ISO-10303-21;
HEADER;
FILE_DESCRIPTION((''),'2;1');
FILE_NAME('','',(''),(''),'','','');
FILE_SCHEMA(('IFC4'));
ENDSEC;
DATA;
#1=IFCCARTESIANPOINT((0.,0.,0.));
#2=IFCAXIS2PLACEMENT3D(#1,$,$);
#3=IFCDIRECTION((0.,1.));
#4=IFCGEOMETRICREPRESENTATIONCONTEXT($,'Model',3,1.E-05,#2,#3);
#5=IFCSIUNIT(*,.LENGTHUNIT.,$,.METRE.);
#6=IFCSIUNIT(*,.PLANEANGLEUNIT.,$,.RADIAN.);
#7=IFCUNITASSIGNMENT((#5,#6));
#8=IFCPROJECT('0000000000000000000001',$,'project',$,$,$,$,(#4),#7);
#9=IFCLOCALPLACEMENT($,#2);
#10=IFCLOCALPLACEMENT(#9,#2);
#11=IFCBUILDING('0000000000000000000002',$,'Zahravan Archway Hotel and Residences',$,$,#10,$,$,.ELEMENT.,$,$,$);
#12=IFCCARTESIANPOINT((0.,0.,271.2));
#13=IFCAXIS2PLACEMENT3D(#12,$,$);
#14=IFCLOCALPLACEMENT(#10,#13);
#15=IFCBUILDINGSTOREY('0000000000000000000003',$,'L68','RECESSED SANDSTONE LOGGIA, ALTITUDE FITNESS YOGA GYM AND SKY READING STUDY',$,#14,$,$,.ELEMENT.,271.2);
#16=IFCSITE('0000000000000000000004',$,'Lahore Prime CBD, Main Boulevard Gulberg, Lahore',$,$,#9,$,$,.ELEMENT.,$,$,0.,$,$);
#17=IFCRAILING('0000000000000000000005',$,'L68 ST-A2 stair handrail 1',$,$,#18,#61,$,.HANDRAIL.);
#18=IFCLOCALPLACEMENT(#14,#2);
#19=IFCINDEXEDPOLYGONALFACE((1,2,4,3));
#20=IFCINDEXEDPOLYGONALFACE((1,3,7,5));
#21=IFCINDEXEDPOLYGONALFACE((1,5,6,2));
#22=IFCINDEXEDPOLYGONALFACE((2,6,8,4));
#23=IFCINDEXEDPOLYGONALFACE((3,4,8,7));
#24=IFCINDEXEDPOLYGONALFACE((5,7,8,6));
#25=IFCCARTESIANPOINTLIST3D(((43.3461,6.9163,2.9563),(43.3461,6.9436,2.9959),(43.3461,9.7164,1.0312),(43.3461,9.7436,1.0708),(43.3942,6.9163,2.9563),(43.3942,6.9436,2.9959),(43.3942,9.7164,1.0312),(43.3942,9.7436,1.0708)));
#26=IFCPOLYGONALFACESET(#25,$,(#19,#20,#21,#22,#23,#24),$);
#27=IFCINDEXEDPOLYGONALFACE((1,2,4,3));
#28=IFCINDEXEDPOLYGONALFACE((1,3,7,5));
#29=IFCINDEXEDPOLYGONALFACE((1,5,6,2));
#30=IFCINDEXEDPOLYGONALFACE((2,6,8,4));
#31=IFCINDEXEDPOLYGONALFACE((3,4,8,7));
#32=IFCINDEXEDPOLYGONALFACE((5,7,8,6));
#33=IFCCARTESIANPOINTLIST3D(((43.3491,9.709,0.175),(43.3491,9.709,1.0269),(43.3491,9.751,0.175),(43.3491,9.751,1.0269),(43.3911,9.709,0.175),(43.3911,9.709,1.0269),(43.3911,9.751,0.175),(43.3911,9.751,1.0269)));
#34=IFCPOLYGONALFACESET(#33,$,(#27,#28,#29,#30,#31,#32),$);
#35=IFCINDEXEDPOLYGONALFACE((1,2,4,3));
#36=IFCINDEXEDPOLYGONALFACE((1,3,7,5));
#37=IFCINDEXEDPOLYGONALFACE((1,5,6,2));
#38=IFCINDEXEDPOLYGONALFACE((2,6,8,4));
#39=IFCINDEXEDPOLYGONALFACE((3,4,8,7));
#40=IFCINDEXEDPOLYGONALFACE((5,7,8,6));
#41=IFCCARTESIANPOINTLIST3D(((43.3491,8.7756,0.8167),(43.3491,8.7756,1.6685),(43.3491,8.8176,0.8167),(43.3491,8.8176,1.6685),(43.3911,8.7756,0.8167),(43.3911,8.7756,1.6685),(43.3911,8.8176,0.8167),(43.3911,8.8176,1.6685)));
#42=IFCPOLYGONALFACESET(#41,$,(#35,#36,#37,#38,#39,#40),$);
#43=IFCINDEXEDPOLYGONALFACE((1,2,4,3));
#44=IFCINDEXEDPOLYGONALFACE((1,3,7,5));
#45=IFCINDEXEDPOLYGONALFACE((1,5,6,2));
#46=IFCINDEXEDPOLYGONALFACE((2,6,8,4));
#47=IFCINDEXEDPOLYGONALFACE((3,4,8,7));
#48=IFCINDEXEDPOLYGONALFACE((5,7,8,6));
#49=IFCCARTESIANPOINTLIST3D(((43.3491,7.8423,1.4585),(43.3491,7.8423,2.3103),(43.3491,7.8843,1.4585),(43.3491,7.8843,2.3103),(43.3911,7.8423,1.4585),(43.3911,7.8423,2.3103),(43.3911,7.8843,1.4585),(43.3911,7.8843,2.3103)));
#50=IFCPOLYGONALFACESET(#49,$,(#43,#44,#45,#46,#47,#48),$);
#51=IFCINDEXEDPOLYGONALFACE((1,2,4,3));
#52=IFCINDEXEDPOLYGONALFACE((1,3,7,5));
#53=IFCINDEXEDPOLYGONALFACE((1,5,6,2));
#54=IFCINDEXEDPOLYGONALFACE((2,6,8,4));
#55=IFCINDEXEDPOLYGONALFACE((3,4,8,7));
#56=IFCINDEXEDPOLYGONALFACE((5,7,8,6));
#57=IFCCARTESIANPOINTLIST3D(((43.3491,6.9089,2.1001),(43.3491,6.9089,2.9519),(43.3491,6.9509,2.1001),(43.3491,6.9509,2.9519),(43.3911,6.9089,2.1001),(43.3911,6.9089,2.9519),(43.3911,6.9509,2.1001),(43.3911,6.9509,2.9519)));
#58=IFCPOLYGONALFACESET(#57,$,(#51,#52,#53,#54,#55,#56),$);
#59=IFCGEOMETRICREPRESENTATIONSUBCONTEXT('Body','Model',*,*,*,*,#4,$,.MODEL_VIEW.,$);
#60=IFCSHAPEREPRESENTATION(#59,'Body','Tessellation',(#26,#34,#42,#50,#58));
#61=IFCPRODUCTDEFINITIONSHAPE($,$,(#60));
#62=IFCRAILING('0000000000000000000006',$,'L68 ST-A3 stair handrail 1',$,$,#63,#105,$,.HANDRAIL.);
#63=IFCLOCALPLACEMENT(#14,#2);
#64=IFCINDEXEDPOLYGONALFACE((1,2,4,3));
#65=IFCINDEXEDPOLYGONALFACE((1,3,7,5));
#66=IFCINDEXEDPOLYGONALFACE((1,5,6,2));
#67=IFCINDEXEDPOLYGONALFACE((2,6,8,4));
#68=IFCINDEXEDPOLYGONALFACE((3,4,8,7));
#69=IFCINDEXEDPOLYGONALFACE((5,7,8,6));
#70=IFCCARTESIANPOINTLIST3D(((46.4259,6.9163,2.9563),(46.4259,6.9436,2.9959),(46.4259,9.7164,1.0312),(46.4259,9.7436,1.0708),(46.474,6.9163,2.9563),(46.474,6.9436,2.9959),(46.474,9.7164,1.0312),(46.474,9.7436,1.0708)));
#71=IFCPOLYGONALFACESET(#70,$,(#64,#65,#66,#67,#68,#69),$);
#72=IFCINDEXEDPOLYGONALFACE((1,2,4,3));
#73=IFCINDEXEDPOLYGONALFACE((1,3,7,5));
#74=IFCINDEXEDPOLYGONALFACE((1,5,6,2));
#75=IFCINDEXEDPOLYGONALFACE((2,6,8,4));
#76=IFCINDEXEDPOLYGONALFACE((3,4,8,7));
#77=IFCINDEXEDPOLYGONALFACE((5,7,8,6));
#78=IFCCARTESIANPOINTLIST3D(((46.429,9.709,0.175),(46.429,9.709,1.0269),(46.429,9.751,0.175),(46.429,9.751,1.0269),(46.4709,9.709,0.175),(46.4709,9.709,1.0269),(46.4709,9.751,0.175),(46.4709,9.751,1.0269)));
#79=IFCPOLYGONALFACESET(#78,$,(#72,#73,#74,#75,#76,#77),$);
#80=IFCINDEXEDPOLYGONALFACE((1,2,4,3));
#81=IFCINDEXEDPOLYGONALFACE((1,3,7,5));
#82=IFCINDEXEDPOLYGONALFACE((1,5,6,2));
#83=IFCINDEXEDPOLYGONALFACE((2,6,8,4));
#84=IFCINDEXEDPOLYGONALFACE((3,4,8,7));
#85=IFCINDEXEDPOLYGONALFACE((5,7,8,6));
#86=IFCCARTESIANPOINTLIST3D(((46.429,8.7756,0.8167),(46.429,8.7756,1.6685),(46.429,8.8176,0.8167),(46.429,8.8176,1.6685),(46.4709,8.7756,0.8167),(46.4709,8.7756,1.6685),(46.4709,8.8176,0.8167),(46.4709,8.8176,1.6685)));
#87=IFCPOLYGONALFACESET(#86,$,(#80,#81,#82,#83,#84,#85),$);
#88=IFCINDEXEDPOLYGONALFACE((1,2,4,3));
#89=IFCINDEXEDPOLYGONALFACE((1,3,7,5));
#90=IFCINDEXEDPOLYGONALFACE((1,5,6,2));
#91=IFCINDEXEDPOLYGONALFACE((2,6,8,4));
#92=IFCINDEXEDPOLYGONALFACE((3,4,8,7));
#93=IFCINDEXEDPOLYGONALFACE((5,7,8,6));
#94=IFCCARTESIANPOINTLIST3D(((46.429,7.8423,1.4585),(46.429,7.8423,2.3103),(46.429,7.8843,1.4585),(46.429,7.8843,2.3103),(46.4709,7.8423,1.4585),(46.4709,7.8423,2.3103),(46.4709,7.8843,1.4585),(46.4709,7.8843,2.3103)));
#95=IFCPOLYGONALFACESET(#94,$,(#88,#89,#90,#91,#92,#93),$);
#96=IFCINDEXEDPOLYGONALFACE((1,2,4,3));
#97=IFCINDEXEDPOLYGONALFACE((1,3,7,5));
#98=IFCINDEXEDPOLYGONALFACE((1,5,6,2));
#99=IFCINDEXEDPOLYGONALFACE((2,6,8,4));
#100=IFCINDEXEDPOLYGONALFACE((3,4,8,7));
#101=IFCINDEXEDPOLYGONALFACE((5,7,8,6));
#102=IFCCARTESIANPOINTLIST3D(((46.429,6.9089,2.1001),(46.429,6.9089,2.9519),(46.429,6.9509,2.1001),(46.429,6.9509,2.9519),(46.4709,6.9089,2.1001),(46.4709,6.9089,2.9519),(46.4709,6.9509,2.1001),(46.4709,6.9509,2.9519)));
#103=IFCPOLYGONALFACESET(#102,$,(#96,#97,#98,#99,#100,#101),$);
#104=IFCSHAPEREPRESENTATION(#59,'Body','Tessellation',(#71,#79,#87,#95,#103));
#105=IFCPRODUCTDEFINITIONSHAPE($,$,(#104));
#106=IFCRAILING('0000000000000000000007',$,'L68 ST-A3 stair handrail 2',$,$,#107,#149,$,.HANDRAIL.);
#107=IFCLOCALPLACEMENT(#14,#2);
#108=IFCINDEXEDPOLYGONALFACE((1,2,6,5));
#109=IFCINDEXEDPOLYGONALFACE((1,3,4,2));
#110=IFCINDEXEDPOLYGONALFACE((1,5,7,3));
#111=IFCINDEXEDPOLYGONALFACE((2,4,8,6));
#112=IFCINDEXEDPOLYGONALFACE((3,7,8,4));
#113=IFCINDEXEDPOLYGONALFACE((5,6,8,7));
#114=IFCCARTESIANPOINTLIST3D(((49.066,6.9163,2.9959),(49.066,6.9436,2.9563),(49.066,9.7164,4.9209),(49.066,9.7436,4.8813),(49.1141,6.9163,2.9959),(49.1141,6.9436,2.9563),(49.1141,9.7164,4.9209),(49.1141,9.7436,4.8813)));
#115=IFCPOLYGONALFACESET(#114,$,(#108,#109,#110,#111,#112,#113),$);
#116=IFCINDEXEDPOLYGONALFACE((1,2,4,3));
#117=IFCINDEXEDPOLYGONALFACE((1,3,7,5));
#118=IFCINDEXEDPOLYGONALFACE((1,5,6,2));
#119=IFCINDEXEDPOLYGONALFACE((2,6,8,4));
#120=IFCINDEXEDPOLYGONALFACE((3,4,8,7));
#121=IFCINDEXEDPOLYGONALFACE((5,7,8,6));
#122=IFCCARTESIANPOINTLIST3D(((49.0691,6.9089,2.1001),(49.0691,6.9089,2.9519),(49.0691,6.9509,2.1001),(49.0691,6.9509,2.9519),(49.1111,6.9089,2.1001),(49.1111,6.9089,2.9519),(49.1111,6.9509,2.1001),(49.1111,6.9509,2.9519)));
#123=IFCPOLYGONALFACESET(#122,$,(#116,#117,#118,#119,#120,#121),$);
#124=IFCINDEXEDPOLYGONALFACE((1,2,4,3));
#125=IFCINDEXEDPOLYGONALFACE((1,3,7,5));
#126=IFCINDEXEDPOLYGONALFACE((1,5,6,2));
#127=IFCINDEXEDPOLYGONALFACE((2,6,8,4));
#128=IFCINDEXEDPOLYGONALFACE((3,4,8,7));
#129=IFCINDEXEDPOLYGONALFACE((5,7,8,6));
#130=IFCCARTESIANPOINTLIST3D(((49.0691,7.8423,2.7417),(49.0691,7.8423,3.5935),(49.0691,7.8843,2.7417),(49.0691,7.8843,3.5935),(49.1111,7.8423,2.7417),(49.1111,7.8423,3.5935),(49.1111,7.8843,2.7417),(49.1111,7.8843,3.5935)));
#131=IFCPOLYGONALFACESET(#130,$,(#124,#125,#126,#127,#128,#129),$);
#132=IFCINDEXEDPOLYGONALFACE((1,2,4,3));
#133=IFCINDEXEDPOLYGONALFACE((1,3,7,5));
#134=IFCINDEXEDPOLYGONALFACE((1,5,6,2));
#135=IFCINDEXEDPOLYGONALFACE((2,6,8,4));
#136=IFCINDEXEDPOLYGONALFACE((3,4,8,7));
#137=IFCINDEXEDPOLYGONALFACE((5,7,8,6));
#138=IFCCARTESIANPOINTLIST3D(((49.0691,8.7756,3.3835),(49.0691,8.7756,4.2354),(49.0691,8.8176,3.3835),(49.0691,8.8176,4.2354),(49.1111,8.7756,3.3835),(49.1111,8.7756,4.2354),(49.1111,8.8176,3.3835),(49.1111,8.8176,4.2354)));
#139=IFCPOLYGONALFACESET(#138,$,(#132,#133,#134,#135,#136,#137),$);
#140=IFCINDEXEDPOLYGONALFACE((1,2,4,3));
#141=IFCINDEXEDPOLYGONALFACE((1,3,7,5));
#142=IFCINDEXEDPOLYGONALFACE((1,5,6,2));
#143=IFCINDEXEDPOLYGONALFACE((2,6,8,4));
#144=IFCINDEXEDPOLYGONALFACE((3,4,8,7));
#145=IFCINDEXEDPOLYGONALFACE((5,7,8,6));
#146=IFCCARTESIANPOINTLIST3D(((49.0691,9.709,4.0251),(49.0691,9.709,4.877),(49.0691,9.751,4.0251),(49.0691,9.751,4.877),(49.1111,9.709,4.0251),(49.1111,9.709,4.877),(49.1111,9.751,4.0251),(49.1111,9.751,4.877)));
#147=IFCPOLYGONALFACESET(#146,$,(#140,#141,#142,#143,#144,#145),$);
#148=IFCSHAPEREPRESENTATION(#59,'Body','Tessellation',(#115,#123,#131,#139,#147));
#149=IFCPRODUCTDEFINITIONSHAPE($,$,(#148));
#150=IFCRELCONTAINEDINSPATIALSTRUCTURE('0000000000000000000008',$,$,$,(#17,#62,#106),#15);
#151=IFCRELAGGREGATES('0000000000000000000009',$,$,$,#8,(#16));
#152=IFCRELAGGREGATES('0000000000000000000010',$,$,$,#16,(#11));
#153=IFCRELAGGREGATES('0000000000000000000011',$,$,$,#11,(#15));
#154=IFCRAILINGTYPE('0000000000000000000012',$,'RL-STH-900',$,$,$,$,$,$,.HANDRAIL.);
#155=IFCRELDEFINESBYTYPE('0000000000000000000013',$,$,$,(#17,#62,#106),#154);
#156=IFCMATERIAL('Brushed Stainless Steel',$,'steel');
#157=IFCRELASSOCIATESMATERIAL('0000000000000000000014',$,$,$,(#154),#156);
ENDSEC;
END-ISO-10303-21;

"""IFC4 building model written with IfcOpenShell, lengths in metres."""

from ifc_helpers import new_model, si_unit, direction, frame, origin, origin_2d, place, context, subcontext, project, spatial, rectangle, extrude, material, type_object, element, save


model = new_model("IFC4")

# Units and contexts
model_context = context("Model", 3, precision=1e-05, world=origin(), true_north=direction((0.0, 1.0)))
body_context = subcontext(model_context, "Body", "Model", "MODEL_VIEW")
ifc_project = project(units=[si_unit("LENGTHUNIT", "METRE"), si_unit("PLANEANGLEUNIT", "RADIAN")], contexts=[model_context])

# Site, building, storey
site_placement = place(None, origin())
site = spatial("IfcSite", under=ifc_project, at=site_placement, Name="Lahore Prime CBD, Main Boulevard Gulberg, Lahore", CompositionType="ELEMENT", RefElevation=0.0)
building_placement = place(site_placement, origin())
building = spatial("IfcBuilding", under=site, at=building_placement, Name="Zahravan Archway Hotel and Residences", CompositionType="ELEMENT")
storey_placement = place(building_placement, frame((0.0, 0.0, 271.2)))
storey = spatial("IfcBuildingStorey", under=building, at=storey_placement, Name="L68", Description="RECESSED SANDSTONE LOGGIA, ALTITUDE FITNESS YOGA GYM AND SKY READING STUDY", CompositionType="ELEMENT", Elevation=271.2)

# Railings
ifc_material_1 = material(Name="Brushed Stainless Steel", Category="steel")
railing_type_1 = type_object("IfcRailingType", Name="RL-STH-900", PredefinedType="HANDRAIL", material=ifc_material_1)
for number, where, name in (
    (1, (43.3701, 9.73, 0.175), "L68 ST-A2 stair handrail 1"),
    (2, (46.45, 9.73, 0.175), "L68 ST-A3 stair handrail 1"),
):
    element("IfcRailing", number, at=place(storey_placement, frame(where)), inside=storey, type_object=railing_type_1, Name=name, PredefinedType="HANDRAIL", context=body_context, shape_type="SweptSolid", body=[
        extrude(rectangle(XDim=0.0481, YDim=0.0481, at=origin_2d()), frame((0.0, 0.0, 0.876), z_axis=(0.0, -0.82404, 0.566532), x_axis=(1.0, 0.0, 0.0)), (0.0, 0.0, 1.0), 3.3979),
        extrude(rectangle(XDim=0.042, YDim=0.042, at=origin_2d()), origin(), (0.0, 0.0, 1.0), 0.8518),
        extrude(rectangle(XDim=0.042, YDim=0.042, at=origin_2d()), frame((0.0, -0.9333, 0.6416)), (0.0, 0.0, 1.0), 0.8518),
        extrude(rectangle(XDim=0.042, YDim=0.042, at=origin_2d()), frame((0.0, -1.8667, 1.2834)), (0.0, 0.0, 1.0), 0.8518),
        extrude(rectangle(XDim=0.042, YDim=0.042, at=origin_2d()), frame((0.0, -2.8, 1.925)), (0.0, 0.0, 1.0), 0.8518),
    ])
railing_1_placement = place(storey_placement, frame((49.0901, 6.9299, 2.1001)))
element("IfcRailing", 3, at=railing_1_placement, inside=storey, type_object=railing_type_1, Name="L68 ST-A3 stair handrail 2", PredefinedType="HANDRAIL", context=body_context, shape_type="SweptSolid", body=[
    extrude(rectangle(XDim=0.0481, YDim=0.0481, at=origin_2d()), frame((0.0, 0.0, 0.876), z_axis=(0.0, 0.82404, 0.566532), x_axis=(-1.0, 0.0, 0.0)), (0.0, 0.0, 1.0), 3.3979),
    extrude(rectangle(XDim=0.042, YDim=0.042, at=origin_2d()), origin(), (0.0, 0.0, 1.0), 0.8518),
    extrude(rectangle(XDim=0.042, YDim=0.042, at=origin_2d()), frame((0.0, 0.9333, 0.6416)), (0.0, 0.0, 1.0), 0.8518),
    extrude(rectangle(XDim=0.042, YDim=0.042, at=origin_2d()), frame((0.0, 1.8667, 1.2834)), (0.0, 0.0, 1.0), 0.8518),
    extrude(rectangle(XDim=0.042, YDim=0.042, at=origin_2d()), frame((0.0, 2.8, 1.925)), (0.0, 0.0, 1.0), 0.8518),
])

save(model, "model.ifc")
